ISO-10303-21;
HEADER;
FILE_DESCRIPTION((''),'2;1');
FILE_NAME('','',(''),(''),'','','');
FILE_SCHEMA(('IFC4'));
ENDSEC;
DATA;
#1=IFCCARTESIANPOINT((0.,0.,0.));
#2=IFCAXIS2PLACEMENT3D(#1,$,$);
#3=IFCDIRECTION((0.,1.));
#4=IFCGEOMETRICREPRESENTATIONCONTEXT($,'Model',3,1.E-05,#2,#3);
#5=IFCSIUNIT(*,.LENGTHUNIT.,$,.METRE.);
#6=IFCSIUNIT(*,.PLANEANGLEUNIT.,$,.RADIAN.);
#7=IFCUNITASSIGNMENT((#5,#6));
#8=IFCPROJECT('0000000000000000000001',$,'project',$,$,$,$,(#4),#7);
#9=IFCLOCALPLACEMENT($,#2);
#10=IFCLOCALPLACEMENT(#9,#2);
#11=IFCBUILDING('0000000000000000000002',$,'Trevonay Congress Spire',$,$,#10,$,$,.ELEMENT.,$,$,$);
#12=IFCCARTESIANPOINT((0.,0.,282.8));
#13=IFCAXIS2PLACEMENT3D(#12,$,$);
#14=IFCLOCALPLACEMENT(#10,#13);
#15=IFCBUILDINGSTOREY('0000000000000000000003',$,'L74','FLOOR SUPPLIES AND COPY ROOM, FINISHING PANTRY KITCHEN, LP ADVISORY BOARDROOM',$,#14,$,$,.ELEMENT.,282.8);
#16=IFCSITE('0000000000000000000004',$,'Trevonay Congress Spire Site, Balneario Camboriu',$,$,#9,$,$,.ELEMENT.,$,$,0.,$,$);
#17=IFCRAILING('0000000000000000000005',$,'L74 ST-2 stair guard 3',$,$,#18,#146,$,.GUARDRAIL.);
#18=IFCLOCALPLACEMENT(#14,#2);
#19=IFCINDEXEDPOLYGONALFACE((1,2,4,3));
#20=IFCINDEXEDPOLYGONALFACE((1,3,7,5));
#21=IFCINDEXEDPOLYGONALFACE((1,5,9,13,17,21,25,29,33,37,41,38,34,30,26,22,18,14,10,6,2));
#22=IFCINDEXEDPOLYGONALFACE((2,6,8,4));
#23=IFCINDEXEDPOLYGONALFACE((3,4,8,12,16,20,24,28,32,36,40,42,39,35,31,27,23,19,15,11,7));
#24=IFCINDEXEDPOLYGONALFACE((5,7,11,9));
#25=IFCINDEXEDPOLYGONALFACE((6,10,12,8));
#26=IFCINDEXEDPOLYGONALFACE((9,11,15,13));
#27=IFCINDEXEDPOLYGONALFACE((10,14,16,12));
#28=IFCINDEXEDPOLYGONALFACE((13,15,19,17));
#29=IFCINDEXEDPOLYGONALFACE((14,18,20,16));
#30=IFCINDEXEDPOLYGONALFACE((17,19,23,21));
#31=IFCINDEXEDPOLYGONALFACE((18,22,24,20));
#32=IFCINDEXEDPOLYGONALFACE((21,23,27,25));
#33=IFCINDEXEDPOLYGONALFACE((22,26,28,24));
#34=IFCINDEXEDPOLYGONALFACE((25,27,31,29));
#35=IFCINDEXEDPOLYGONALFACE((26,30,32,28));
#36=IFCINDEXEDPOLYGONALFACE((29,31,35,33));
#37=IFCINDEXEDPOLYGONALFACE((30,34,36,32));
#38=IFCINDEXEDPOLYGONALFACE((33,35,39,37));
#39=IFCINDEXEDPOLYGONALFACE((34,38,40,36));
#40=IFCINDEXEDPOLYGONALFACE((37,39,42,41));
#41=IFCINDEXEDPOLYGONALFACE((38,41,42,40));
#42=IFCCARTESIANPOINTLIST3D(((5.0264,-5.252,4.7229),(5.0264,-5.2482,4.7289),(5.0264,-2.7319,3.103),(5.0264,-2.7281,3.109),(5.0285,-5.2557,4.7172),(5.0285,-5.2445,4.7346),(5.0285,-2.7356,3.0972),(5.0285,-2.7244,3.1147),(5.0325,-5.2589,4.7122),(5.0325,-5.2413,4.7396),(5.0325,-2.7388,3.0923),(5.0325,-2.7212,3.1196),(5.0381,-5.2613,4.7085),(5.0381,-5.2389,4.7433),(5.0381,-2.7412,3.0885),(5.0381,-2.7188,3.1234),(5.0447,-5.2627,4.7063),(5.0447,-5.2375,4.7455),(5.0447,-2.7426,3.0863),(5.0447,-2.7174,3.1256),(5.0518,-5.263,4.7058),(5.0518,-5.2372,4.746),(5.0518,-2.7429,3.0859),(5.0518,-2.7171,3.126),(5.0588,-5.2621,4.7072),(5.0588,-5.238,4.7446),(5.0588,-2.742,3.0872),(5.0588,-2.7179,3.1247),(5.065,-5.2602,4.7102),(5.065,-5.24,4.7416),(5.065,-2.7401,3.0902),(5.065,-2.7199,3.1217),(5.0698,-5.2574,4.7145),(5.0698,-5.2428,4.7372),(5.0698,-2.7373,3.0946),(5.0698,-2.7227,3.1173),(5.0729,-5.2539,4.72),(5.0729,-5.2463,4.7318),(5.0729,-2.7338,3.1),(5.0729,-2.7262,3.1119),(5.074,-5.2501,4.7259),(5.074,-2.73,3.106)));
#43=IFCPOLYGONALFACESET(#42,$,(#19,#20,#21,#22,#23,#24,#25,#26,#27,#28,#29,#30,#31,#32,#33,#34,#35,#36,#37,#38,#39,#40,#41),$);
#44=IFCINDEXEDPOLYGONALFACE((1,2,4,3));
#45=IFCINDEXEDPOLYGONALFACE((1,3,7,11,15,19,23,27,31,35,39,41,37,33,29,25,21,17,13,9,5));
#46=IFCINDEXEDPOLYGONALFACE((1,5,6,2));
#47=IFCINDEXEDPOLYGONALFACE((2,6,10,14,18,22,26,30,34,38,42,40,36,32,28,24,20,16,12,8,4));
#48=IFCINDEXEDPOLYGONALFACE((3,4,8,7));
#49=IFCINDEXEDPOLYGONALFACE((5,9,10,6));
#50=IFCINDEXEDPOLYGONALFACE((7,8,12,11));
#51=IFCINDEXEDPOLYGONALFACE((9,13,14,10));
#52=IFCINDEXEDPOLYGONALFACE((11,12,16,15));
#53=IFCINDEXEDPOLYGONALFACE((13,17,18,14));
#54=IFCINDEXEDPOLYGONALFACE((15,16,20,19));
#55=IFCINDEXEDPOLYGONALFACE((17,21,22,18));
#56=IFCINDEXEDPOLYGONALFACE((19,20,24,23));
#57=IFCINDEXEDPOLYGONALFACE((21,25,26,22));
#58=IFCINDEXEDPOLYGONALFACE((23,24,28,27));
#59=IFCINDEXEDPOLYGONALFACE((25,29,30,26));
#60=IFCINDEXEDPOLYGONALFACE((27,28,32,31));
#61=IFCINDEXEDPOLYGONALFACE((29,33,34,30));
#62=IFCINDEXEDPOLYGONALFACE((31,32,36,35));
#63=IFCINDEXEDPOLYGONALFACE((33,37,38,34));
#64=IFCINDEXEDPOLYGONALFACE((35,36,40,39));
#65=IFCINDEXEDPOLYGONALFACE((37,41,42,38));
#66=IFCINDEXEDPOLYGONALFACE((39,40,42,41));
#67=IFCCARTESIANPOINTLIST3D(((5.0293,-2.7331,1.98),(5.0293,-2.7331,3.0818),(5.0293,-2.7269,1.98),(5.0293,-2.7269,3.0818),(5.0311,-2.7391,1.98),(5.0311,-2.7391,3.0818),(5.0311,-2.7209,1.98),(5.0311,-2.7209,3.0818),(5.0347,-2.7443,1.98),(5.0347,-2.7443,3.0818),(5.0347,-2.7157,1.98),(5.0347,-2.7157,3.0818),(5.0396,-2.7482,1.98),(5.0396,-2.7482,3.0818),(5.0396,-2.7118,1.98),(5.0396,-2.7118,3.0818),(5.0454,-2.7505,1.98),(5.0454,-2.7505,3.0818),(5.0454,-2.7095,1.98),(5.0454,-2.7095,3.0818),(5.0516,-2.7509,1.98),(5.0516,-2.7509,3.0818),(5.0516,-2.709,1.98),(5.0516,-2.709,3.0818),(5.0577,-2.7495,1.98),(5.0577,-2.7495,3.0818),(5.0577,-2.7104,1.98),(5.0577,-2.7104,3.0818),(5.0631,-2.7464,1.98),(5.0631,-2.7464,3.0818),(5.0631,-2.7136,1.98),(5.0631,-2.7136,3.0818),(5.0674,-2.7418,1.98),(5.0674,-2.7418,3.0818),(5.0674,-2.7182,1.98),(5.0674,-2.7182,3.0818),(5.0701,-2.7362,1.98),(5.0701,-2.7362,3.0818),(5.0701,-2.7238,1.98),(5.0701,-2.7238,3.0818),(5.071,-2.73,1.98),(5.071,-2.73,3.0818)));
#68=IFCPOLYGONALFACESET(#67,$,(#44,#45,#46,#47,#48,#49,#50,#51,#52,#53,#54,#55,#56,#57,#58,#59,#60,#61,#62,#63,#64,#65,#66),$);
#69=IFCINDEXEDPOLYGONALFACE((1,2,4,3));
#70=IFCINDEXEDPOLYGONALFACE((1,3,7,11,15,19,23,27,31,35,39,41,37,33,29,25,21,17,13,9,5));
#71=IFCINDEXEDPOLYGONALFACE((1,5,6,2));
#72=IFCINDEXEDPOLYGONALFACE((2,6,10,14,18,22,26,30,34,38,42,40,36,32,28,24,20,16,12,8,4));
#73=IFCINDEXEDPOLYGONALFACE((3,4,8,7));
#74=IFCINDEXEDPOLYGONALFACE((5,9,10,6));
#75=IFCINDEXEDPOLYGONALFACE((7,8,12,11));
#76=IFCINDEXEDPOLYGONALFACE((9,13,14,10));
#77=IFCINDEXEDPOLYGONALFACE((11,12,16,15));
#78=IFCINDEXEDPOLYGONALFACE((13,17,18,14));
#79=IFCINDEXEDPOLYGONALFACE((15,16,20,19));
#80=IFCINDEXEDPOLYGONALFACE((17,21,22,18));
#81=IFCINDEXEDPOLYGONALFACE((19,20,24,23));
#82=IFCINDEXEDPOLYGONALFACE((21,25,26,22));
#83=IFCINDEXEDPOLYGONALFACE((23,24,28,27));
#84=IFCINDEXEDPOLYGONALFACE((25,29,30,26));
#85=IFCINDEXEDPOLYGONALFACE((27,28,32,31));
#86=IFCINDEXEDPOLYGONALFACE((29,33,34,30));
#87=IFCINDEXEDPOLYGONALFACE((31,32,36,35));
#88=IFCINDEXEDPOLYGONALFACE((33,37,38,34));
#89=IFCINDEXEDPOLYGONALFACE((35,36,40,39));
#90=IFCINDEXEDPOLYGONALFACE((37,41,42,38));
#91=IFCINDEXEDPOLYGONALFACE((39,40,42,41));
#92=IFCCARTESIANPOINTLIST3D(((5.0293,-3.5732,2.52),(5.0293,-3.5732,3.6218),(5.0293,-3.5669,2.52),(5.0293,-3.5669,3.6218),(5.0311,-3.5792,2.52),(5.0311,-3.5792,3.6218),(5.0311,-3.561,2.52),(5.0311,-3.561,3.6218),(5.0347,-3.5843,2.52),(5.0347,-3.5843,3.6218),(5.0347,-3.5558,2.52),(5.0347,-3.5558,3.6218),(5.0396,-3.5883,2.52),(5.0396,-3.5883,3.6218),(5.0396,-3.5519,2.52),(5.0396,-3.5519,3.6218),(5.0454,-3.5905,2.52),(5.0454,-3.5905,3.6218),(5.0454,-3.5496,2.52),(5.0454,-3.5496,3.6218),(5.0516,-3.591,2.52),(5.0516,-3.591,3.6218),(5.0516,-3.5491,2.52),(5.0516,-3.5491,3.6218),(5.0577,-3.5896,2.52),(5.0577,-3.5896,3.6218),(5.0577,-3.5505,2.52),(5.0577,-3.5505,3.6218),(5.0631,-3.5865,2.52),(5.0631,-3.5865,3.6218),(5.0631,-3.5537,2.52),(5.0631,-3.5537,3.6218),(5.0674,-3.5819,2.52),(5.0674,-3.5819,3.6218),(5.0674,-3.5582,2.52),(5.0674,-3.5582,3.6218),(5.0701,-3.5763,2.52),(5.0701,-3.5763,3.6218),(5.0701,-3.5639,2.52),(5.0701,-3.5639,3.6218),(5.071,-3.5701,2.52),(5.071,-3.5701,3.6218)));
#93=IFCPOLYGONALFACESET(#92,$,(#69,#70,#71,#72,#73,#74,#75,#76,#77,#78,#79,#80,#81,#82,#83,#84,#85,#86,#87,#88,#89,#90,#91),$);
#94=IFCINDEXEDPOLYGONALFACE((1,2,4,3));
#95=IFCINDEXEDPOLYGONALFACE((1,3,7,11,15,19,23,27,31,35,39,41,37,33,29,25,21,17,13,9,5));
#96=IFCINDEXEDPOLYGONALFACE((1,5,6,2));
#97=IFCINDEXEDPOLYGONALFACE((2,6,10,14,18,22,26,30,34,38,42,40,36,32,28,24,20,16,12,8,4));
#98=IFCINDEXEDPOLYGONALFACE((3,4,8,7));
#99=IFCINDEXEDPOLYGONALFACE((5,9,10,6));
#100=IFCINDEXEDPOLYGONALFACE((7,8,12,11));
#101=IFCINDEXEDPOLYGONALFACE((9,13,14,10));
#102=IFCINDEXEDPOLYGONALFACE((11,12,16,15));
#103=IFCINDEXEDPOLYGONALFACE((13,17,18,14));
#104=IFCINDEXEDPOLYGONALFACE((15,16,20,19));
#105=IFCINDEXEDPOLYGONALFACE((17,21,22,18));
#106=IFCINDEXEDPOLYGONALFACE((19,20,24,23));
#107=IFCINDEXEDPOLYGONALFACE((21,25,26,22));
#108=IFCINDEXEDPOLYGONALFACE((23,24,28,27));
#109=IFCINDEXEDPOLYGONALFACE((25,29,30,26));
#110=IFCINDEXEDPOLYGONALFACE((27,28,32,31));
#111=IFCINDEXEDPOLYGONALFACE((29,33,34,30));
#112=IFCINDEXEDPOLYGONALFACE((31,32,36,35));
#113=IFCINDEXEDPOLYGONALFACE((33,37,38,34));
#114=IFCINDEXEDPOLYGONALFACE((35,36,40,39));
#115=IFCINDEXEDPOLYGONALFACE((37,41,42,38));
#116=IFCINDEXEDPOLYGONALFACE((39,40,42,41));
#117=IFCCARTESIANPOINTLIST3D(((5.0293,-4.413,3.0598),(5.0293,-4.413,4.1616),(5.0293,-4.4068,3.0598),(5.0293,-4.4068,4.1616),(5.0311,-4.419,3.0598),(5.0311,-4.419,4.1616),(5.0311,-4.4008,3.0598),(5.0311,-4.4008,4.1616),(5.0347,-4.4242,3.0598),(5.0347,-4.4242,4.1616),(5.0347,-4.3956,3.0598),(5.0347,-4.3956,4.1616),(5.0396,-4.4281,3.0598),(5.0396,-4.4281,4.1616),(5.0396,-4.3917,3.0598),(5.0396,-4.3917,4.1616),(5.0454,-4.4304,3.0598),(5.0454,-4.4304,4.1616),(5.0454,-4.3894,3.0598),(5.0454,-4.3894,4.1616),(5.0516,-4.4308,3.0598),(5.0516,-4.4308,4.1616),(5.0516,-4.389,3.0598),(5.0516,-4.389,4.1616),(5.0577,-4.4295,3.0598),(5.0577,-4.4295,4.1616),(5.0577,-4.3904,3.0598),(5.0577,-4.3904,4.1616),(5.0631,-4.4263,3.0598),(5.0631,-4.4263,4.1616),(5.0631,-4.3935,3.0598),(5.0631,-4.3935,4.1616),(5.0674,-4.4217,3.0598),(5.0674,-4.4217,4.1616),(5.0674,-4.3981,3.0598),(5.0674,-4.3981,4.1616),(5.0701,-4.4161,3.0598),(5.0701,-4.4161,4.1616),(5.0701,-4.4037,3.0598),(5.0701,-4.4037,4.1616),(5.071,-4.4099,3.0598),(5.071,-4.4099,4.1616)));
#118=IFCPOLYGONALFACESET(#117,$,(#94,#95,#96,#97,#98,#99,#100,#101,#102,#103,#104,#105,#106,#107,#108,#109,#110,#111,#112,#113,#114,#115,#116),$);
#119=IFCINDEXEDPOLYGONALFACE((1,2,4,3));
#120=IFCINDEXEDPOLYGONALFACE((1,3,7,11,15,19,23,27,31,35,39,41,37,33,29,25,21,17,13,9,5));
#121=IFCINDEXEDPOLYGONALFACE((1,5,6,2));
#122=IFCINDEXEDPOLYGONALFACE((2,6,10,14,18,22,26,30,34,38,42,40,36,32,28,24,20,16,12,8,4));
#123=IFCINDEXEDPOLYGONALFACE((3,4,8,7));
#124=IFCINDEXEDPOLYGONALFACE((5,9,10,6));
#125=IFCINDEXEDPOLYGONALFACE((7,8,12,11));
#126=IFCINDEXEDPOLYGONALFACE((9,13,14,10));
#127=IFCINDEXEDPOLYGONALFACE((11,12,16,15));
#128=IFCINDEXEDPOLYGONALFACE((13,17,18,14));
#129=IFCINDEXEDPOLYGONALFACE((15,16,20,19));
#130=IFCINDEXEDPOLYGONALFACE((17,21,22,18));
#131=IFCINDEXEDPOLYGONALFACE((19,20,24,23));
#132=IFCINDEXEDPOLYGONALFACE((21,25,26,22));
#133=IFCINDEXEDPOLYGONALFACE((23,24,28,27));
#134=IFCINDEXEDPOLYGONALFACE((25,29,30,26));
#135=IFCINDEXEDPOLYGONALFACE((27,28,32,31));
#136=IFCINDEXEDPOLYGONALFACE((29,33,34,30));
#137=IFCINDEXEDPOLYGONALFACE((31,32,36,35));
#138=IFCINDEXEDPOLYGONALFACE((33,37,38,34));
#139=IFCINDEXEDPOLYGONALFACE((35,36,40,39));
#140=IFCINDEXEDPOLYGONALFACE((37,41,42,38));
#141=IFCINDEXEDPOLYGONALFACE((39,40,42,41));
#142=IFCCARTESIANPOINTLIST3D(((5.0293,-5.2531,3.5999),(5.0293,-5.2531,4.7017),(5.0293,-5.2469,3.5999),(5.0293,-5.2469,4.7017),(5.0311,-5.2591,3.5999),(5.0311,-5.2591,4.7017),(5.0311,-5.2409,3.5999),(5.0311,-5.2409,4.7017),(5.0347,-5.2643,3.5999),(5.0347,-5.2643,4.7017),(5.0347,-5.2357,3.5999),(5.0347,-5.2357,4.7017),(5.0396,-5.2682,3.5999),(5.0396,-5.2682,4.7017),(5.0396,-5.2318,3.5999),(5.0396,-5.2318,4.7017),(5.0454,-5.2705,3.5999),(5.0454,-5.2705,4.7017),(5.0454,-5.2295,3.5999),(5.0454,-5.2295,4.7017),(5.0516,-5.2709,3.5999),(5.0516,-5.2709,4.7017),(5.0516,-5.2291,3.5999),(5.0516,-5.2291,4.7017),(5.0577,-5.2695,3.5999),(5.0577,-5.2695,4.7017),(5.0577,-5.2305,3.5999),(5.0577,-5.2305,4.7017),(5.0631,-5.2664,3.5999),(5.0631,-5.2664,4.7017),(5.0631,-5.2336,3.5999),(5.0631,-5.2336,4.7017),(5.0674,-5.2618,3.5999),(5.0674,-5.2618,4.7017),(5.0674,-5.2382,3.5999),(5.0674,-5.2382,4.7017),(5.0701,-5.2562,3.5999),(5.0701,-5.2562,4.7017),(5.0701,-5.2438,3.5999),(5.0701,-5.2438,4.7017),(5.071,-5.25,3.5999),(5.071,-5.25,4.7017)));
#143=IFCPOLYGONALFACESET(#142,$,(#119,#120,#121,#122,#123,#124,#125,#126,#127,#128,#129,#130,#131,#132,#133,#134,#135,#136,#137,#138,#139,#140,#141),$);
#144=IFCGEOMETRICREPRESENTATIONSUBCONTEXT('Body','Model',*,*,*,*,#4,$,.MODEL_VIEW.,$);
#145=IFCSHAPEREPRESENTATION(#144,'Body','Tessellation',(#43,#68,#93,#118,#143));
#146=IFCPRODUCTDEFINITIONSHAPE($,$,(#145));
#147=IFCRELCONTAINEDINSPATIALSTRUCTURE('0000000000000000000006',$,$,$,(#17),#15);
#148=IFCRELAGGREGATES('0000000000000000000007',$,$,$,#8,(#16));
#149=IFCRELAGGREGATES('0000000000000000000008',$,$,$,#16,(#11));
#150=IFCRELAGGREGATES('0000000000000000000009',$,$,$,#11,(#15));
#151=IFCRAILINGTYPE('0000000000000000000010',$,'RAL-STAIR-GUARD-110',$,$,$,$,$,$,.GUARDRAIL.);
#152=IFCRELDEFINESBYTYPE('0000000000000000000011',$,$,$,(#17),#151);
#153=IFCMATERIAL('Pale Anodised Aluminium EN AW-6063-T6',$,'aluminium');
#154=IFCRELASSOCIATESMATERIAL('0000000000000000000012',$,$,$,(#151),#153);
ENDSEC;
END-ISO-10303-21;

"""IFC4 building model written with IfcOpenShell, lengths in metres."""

from ifc_helpers import new_model, si_unit, direction, frame, origin, origin_2d, place, context, subcontext, project, spatial, circle, extrude, material, type_object, element, save


model = new_model("IFC4")

# Units and contexts
model_context = context("Model", 3, precision=1e-05, world=origin(), true_north=direction((0.0, 1.0)))
body_context = subcontext(model_context, "Body", "Model", "MODEL_VIEW")
ifc_project = project(units=[si_unit("LENGTHUNIT", "METRE"), si_unit("PLANEANGLEUNIT", "RADIAN")], contexts=[model_context])

# Site, building, storey
site_placement = place(None, origin())
site = spatial("IfcSite", under=ifc_project, at=site_placement, Name="Trevonay Congress Spire Site, Balneario Camboriu", CompositionType="ELEMENT", RefElevation=0.0)
building_placement = place(site_placement, origin())
building = spatial("IfcBuilding", under=site, at=building_placement, Name="Trevonay Congress Spire", CompositionType="ELEMENT")
storey_placement = place(building_placement, frame((0.0, 0.0, 282.8)))
storey = spatial("IfcBuildingStorey", under=building, at=storey_placement, Name="L74", Description="FLOOR SUPPLIES AND COPY ROOM, FINISHING PANTRY KITCHEN, LP ADVISORY BOARDROOM", CompositionType="ELEMENT", Elevation=282.8)

# Shared definitions
ifc_material_1 = material(Name="Pale Anodised Aluminium EN AW-6063-T6", Category="aluminium")

# Railing
railing_type_1 = type_object("IfcRailingType", Name="RAL-STAIR-GUARD-110", PredefinedType="GUARDRAIL", material=ifc_material_1)
railing_1_placement = place(storey_placement, frame((5.05, -2.73, 1.98)))
element("IfcRailing", 1, at=railing_1_placement, inside=storey, type_object=railing_type_1, Name="L74 ST-2 stair guard 3", PredefinedType="GUARDRAIL", context=body_context, shape_type="SweptSolid", body=[
    extrude(circle(Radius=0.0239, at=origin_2d()), frame((0.0, 0.0, 1.126), z_axis=(0.0, -0.8412, 0.540725), x_axis=(1.0, 0.0, 0.0)), (0.0, 0.0, 1.0), 2.9958),
    extrude(circle(Radius=0.021, at=origin_2d()), origin(), (0.0, 0.0, 1.0), 1.1018),
    extrude(circle(Radius=0.021, at=origin_2d()), frame((0.0, -0.8401, 0.54)), (0.0, 0.0, 1.0), 1.1018),
    extrude(circle(Radius=0.021, at=origin_2d()), frame((0.0, -1.6799, 1.0798)), (0.0, 0.0, 1.0), 1.1018),
    extrude(circle(Radius=0.021, at=origin_2d()), frame((0.0, -2.52, 1.6199)), (0.0, 0.0, 1.0), 1.1018),
])

save(model, "model.ifc")
